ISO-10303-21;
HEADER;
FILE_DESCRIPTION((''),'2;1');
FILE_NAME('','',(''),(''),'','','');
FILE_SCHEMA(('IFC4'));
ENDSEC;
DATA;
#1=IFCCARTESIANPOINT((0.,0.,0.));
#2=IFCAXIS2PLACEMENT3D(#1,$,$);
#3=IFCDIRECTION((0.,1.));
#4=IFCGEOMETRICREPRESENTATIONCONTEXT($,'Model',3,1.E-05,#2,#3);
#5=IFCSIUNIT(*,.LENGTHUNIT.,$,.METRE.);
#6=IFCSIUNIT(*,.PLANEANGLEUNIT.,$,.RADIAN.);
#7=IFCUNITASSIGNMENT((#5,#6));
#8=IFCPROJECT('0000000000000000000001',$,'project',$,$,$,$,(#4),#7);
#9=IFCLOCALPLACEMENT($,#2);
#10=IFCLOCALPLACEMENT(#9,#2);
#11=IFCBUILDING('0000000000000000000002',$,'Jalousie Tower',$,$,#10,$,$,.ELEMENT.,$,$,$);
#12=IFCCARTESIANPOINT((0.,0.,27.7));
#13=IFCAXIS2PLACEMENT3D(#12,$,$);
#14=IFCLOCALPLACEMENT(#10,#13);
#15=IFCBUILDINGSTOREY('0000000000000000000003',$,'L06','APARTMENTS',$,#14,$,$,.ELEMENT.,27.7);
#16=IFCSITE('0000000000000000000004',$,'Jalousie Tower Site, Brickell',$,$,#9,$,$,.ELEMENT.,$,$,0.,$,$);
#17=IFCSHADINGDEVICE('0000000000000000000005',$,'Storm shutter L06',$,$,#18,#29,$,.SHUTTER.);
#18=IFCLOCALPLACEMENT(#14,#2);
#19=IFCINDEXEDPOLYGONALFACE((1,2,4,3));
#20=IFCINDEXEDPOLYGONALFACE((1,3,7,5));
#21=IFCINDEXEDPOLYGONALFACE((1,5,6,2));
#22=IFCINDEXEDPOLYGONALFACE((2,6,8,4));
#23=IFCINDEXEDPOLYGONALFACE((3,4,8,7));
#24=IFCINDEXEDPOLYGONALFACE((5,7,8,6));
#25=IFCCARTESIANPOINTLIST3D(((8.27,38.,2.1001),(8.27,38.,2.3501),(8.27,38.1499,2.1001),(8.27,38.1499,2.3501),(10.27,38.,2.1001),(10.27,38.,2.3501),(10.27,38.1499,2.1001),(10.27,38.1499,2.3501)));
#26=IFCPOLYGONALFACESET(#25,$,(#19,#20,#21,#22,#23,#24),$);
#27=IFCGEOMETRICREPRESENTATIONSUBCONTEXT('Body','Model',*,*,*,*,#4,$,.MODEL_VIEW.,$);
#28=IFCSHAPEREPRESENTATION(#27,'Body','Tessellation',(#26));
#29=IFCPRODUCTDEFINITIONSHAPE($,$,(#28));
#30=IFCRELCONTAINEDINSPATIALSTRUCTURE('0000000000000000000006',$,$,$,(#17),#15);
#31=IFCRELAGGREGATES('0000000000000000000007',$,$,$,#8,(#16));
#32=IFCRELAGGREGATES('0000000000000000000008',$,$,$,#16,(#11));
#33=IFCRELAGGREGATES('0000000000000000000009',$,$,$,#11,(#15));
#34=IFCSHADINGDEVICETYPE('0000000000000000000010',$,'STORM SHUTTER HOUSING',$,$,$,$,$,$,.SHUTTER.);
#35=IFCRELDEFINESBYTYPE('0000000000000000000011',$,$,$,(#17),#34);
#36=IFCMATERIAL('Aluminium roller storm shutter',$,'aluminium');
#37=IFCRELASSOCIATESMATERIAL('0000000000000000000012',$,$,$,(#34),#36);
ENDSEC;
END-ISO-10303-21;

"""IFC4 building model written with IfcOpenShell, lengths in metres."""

from ifc_helpers import new_model, si_unit, direction, frame, origin, origin_2d, place, context, subcontext, project, spatial, rectangle, extrude, material, type_object, element, save


model = new_model("IFC4")

# Units and contexts
model_context = context("Model", 3, precision=1e-05, world=origin(), true_north=direction((0.0, 1.0)))
body_context = subcontext(model_context, "Body", "Model", "MODEL_VIEW")
ifc_project = project(units=[si_unit("LENGTHUNIT", "METRE"), si_unit("PLANEANGLEUNIT", "RADIAN")], contexts=[model_context])

# Site, building, storey
site_placement = place(None, origin())
site = spatial("IfcSite", under=ifc_project, at=site_placement, Name="Jalousie Tower Site, Brickell", CompositionType="ELEMENT", RefElevation=0.0)
building_placement = place(site_placement, origin())
building = spatial("IfcBuilding", under=site, at=building_placement, Name="Jalousie Tower", CompositionType="ELEMENT")
storey_placement = place(building_placement, frame((0.0, 0.0, 27.7)))
storey = spatial("IfcBuildingStorey", under=building, at=storey_placement, Name="L06", Description="APARTMENTS", CompositionType="ELEMENT", Elevation=27.7)

# Shading device
ifc_material_1 = material(Name="Aluminium roller storm shutter", Category="aluminium")
shading_device_type = type_object("IfcShadingDeviceType", Name="STORM SHUTTER HOUSING", PredefinedType="SHUTTER", material=ifc_material_1)
for number, where, z_axis, x_axis, name in (
    (1, (9.27, 38.075, 2.1001), (0.0, 0.0, 1.0), (-1.0, 0.0, 0.0), "Storm shutter L06"),
):
    element("IfcShadingDevice", number, at=place(storey_placement, frame(where, z_axis=z_axis, x_axis=x_axis)), inside=storey, type_object=shading_device_type, Name=name, PredefinedType="SHUTTER", context=body_context, shape_type="SweptSolid", body=[
        extrude(rectangle(XDim=2.0, YDim=0.1499, at=origin_2d()), origin(), (0.0, 0.0, 1.0), 0.25),
    ])

save(model, "model.ifc")
